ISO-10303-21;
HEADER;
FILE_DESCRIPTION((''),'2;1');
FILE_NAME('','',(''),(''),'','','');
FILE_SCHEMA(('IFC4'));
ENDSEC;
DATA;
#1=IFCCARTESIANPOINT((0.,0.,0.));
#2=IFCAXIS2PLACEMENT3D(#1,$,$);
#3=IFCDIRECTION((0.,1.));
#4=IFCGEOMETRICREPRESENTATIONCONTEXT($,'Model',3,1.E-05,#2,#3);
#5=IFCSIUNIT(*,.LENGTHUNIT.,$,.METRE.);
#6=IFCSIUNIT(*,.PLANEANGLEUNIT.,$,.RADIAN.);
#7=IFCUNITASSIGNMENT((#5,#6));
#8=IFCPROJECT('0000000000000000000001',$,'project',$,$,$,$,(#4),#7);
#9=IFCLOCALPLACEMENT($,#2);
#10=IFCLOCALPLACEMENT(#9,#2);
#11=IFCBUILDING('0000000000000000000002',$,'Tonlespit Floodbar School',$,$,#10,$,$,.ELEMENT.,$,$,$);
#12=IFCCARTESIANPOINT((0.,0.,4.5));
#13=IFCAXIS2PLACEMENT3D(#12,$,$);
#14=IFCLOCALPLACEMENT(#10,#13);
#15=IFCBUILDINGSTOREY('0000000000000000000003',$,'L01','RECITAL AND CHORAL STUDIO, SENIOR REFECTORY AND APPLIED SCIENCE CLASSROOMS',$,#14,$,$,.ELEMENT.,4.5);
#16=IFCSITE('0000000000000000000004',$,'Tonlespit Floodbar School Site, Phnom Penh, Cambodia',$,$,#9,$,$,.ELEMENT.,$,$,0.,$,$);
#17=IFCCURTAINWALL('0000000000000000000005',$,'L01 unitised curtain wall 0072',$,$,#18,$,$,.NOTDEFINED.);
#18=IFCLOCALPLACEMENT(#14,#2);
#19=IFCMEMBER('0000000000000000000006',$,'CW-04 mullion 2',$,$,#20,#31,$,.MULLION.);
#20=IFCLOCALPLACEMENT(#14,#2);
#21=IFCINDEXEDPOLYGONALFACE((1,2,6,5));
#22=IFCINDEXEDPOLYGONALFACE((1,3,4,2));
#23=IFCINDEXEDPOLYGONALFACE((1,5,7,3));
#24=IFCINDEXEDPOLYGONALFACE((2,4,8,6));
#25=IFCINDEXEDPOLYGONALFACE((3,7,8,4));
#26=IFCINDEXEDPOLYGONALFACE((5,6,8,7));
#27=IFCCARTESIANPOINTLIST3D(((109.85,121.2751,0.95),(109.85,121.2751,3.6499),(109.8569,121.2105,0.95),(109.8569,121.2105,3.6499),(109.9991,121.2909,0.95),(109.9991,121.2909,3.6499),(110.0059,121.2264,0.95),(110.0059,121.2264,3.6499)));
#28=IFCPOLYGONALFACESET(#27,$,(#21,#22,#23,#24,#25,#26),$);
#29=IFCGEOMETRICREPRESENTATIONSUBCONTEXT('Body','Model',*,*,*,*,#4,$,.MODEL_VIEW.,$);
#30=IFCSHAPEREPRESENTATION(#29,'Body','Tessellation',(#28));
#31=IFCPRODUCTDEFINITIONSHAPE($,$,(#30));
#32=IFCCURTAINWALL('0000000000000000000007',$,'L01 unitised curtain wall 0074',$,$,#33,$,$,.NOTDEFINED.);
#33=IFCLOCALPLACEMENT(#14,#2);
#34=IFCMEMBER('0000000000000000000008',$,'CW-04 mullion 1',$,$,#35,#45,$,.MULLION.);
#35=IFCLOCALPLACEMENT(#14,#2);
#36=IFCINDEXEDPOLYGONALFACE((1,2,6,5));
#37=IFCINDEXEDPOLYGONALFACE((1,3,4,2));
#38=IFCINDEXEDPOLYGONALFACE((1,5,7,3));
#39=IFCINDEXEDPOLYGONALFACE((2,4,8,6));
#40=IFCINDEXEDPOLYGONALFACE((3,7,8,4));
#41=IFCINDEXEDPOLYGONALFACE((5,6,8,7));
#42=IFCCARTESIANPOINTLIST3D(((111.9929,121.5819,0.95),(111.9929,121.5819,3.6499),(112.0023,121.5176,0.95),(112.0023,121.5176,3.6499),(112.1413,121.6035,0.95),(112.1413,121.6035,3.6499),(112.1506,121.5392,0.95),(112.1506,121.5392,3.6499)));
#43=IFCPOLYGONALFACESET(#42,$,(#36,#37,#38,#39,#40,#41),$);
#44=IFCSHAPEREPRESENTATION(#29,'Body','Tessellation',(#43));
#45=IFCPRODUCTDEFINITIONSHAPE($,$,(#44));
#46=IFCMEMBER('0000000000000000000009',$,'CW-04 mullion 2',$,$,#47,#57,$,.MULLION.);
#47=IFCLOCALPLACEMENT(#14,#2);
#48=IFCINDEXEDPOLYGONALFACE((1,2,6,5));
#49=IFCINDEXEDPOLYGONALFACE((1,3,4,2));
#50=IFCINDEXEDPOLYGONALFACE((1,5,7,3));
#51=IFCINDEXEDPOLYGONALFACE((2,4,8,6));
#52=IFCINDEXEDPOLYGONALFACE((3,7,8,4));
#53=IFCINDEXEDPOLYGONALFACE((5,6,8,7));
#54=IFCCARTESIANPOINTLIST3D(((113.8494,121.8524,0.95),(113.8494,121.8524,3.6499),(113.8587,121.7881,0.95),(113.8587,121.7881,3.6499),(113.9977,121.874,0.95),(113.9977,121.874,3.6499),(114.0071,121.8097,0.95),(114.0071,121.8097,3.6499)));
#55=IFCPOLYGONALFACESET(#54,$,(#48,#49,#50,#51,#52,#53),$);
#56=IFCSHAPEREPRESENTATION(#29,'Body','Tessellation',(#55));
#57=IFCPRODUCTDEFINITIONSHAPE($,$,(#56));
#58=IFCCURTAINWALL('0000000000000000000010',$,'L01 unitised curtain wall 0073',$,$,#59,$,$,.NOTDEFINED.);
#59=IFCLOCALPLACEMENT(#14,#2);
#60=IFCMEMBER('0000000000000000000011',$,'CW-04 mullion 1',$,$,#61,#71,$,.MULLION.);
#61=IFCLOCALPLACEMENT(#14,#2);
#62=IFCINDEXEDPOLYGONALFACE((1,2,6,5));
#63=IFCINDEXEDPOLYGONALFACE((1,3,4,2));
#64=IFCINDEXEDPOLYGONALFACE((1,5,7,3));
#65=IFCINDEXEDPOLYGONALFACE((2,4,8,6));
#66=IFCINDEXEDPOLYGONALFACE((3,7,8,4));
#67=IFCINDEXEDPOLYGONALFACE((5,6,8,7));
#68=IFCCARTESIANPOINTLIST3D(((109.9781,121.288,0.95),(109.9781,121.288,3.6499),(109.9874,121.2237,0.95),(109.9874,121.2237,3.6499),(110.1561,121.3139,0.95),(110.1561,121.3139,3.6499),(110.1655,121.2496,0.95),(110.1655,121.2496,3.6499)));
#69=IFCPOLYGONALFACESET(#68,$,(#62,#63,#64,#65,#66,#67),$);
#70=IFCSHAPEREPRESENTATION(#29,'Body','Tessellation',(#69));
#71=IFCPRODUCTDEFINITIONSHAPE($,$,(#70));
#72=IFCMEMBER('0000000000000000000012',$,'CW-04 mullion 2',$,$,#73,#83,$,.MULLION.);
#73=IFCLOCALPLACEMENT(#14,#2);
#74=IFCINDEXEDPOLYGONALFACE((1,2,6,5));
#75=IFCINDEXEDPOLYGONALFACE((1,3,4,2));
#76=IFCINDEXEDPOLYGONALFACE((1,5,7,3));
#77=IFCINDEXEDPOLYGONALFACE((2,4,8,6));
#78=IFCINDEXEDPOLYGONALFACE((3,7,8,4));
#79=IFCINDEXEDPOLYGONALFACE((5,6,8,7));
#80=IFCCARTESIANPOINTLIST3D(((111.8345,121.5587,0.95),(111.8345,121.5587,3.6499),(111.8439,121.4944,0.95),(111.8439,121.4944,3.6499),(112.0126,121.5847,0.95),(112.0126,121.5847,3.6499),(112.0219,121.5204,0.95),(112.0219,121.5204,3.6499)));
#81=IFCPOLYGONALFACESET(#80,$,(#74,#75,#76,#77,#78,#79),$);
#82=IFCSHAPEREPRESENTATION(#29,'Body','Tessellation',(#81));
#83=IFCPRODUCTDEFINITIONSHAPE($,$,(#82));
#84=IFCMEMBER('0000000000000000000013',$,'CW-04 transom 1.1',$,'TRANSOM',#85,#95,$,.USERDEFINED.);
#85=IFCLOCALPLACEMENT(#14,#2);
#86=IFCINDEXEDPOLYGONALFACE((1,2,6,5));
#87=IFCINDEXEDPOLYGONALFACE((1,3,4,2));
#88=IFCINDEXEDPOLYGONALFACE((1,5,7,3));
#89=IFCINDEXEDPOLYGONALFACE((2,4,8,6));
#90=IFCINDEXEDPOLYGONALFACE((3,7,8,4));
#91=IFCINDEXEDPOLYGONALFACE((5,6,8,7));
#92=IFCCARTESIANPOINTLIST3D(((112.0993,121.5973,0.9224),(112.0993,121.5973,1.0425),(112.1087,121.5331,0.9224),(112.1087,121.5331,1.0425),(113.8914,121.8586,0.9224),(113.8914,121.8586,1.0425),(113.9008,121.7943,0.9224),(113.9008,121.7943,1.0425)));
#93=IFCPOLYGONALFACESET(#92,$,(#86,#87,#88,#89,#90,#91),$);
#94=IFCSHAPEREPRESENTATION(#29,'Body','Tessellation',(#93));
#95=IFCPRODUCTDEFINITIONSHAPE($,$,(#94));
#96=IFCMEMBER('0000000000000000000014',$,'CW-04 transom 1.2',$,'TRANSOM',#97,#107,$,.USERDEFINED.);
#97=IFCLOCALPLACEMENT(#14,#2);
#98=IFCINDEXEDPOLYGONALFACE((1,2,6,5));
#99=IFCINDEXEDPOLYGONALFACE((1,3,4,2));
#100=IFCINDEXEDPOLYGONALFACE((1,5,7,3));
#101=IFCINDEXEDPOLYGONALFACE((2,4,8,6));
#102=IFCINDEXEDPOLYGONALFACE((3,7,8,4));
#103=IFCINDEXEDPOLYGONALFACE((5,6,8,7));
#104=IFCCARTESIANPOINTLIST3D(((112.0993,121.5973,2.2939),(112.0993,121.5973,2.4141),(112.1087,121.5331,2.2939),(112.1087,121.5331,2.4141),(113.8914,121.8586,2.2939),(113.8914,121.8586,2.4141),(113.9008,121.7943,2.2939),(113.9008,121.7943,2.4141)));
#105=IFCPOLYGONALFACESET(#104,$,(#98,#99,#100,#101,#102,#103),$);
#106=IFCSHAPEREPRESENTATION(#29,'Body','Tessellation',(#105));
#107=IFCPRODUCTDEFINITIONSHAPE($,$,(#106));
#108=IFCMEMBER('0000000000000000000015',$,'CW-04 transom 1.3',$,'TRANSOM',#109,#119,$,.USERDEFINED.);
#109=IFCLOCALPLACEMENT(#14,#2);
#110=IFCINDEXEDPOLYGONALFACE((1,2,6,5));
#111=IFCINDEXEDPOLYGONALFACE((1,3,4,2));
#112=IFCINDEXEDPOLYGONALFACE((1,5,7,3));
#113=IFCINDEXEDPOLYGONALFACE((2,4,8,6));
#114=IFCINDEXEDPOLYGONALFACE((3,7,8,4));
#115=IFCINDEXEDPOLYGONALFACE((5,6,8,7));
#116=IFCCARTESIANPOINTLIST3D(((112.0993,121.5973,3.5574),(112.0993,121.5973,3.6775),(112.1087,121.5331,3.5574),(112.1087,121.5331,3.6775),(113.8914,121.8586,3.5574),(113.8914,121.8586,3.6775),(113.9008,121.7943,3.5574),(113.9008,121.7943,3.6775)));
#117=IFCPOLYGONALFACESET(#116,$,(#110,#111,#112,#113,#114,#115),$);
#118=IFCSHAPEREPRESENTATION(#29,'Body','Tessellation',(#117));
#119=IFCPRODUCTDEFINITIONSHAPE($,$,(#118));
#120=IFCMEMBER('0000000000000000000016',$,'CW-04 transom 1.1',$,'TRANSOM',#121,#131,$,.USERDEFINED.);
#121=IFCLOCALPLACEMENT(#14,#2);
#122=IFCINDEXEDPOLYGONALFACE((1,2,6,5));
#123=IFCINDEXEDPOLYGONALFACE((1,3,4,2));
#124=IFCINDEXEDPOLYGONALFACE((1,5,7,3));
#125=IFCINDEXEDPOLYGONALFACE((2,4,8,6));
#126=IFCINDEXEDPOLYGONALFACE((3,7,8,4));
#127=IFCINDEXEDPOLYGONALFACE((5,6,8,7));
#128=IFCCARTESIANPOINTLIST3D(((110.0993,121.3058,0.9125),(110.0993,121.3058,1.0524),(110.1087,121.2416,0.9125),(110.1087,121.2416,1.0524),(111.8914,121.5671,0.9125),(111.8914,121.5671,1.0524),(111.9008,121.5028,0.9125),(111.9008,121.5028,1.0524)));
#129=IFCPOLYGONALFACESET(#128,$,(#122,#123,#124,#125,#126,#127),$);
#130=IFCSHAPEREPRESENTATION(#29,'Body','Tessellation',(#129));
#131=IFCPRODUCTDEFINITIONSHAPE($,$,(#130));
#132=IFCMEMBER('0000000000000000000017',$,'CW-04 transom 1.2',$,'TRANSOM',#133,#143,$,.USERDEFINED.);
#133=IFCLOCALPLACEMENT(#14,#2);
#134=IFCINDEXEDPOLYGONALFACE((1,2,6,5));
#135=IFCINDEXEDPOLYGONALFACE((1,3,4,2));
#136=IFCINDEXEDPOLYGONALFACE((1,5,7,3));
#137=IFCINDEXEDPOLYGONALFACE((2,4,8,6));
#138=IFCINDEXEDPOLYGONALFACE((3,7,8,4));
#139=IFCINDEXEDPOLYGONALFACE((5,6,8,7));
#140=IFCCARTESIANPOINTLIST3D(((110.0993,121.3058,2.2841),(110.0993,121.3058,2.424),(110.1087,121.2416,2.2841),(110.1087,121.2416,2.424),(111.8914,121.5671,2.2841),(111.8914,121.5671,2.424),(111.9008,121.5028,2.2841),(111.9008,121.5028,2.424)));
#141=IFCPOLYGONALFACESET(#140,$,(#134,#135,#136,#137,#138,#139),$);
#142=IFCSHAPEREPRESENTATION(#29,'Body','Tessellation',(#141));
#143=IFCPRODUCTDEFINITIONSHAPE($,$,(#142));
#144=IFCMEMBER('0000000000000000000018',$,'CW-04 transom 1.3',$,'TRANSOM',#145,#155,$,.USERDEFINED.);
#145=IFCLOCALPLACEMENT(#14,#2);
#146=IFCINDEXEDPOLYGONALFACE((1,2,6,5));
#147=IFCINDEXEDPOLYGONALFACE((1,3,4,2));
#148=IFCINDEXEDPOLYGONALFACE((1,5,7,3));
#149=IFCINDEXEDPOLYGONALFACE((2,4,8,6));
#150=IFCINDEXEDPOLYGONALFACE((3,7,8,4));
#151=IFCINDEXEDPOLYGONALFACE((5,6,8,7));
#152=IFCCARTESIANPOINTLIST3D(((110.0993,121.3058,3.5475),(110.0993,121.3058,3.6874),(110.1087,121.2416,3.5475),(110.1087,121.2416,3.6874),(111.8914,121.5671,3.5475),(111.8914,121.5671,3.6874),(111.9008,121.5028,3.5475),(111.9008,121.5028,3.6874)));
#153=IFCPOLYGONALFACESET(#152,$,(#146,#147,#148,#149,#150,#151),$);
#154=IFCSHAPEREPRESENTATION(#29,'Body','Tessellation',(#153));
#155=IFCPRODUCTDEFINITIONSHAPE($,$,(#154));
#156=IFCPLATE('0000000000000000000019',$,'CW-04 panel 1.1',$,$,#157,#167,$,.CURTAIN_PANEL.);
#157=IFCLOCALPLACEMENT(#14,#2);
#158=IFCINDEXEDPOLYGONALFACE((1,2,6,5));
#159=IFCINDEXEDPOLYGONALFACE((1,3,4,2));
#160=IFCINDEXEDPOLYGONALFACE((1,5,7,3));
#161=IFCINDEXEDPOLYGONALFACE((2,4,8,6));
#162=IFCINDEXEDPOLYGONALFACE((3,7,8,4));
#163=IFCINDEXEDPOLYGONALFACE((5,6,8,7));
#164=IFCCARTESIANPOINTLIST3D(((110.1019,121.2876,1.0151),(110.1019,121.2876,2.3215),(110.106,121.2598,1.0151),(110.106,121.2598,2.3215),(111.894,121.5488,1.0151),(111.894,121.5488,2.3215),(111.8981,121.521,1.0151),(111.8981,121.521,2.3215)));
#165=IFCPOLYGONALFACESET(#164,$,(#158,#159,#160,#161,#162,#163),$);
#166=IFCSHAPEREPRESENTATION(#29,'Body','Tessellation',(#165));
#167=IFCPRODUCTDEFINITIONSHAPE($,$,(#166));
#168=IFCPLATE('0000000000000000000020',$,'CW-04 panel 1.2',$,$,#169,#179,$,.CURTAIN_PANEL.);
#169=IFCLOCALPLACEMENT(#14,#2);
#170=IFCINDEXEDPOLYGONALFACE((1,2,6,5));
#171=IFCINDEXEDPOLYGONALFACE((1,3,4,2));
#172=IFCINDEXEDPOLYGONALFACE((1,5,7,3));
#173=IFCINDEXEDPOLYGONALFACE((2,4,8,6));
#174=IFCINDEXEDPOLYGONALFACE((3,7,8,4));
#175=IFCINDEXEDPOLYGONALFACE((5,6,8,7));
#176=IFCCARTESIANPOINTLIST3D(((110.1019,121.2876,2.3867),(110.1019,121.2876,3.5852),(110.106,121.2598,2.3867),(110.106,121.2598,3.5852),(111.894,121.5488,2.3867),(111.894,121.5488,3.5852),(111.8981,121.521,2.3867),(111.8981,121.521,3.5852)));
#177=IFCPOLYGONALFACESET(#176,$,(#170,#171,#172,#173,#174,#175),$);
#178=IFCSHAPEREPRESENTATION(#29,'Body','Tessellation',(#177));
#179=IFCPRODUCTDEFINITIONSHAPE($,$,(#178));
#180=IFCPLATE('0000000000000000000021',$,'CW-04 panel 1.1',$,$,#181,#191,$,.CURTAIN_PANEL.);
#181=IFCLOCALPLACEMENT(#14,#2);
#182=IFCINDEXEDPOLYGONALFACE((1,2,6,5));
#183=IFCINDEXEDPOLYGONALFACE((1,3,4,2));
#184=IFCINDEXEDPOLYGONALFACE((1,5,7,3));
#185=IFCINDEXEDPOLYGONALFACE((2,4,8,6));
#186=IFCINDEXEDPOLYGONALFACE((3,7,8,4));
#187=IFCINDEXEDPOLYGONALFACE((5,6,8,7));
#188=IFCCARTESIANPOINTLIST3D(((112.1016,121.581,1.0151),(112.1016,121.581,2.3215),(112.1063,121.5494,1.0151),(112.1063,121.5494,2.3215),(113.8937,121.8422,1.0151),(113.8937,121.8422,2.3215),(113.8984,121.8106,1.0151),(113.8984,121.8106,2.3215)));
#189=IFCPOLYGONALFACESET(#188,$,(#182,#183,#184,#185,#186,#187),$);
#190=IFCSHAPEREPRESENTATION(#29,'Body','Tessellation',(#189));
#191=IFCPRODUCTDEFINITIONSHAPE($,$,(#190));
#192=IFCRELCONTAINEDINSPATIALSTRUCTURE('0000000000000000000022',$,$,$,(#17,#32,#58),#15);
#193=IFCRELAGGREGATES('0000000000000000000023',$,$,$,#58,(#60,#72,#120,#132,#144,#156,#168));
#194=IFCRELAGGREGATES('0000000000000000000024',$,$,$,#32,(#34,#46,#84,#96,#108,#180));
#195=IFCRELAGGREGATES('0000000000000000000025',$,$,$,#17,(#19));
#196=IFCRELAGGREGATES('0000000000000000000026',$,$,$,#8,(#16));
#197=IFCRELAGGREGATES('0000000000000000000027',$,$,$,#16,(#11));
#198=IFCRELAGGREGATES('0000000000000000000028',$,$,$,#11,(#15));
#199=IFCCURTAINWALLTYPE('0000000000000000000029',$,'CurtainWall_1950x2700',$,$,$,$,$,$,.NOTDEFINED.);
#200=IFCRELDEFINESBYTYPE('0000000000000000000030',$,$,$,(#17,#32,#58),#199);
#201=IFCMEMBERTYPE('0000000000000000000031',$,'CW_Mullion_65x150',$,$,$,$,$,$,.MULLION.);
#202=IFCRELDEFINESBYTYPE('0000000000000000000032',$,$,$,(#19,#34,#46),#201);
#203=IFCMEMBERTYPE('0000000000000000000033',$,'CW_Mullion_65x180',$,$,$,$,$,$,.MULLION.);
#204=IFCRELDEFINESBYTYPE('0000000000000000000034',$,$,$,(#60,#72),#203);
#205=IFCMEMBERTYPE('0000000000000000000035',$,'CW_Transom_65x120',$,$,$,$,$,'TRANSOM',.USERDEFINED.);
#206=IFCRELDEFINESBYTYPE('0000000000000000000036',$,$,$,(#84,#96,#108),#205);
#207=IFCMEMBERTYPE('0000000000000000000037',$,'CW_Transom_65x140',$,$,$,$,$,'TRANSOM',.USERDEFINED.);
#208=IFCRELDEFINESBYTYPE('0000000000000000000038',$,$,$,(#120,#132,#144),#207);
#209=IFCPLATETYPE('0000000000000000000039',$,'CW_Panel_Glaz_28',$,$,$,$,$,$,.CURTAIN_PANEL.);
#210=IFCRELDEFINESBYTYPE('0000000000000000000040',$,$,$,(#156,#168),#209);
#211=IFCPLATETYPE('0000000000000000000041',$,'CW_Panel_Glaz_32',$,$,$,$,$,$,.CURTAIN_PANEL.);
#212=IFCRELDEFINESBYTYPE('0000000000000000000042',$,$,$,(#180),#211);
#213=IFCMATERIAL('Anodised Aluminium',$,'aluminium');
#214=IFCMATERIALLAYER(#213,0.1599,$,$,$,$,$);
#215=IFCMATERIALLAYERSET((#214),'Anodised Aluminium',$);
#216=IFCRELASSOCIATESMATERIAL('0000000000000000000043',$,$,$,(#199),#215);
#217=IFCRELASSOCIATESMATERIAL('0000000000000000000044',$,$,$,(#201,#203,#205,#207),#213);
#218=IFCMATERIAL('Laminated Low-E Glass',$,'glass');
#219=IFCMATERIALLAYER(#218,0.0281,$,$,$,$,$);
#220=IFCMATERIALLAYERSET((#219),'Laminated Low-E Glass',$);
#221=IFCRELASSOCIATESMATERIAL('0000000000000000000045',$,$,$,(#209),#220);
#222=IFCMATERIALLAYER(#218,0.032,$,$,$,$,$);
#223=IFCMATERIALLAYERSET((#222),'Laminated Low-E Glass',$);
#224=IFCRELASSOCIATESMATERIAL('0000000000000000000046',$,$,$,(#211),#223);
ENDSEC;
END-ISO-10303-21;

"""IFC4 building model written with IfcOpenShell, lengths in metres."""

from ifc_helpers import new_model, si_unit, direction, frame, origin, origin_2d, place, context, subcontext, project, spatial, rectangle, extrude, material, layer, layer_set, material_profile, profile_set, type_object, element, aggregate, save


model = new_model("IFC4")

# Units and contexts
model_context = context("Model", 3, precision=1e-05, world=origin(), true_north=direction((0.0, 1.0)))
body_context = subcontext(model_context, "Body", "Model", "MODEL_VIEW")
ifc_project = project(units=[si_unit("LENGTHUNIT", "METRE"), si_unit("PLANEANGLEUNIT", "RADIAN")], contexts=[model_context])

# Site, building, storey
site_placement = place(None, origin())
site = spatial("IfcSite", under=ifc_project, at=site_placement, Name="Tonlespit Floodbar School Site, Phnom Penh, Cambodia", CompositionType="ELEMENT", RefElevation=0.0)
building_placement = place(site_placement, origin())
building = spatial("IfcBuilding", under=site, at=building_placement, Name="Tonlespit Floodbar School", CompositionType="ELEMENT")
storey_placement = place(building_placement, frame((0.0, 0.0, 4.5)))
storey = spatial("IfcBuildingStorey", under=building, at=storey_placement, Name="L01", Description="RECITAL AND CHORAL STUDIO, SENIOR REFECTORY AND APPLIED SCIENCE CLASSROOMS", CompositionType="ELEMENT", Elevation=4.5)

# Curtain wall, member
ifc_material_1 = material(Name="Anodised Aluminium", Category="aluminium")
ifc_layer_1 = layer(ifc_material_1, 0.1599)
ifc_layer_set_1 = layer_set([ifc_layer_1], Name="Anodised Aluminium")
curtain_wall_type = type_object("IfcCurtainWallType", Name="CurtainWall_1950x2700", PredefinedType="NOTDEFINED", material=ifc_layer_set_1)
curtain_wall_1_placement = place(storey_placement, origin())
curtain_wall_1 = element("IfcCurtainWall", 1, at=curtain_wall_1_placement, inside=storey, type_object=curtain_wall_type, Name="L01 unitised curtain wall 0072", PredefinedType="NOTDEFINED")
ifc_material_profile_1 = material_profile(ifc_material_1, rectangle(XDim=0.0649, YDim=0.1499, at=origin_2d()), Name="ALU M65x150")
ifc_profile_set_1 = profile_set([ifc_material_profile_1], Name="Anodised Aluminium")
member_type_1 = type_object("IfcMemberType", Name="CW_Mullion_65x150", PredefinedType="MULLION", material=ifc_profile_set_1)
member_1_placement = place(storey_placement, frame((109.928, 121.2507, 0.95), z_axis=(0.0, 0.0, 1.0), x_axis=(-0.105787, 0.994389, 0.0)))
member_1 = element("IfcMember", 2, at=member_1_placement, type_object=member_type_1, Name="CW-04 mullion 2", PredefinedType="MULLION", context=body_context, shape_type="SweptSolid", body=[
    extrude(rectangle(XDim=0.0649, YDim=0.1499, at=origin_2d()), origin(), (0.0, 0.0, 1.0), 2.7),
])

# Curtain walls, members
curtain_wall_2_placement = place(storey_placement, origin())
curtain_wall_2 = element("IfcCurtainWall", 3, at=curtain_wall_2_placement, inside=storey, type_object=curtain_wall_type, Name="L01 unitised curtain wall 0074", PredefinedType="NOTDEFINED")
member_2_placement = place(storey_placement, frame((112.0718, 121.5605, 0.95), z_axis=(0.0, 0.0, 1.0), x_axis=(-0.144248, 0.989542, 0.0)))
member_2 = element("IfcMember", 4, at=member_2_placement, type_object=member_type_1, Name="CW-04 mullion 1", PredefinedType="MULLION", context=body_context, shape_type="SweptSolid", body=[
    extrude(rectangle(XDim=0.0649, YDim=0.1499, at=origin_2d()), origin(), (0.0, 0.0, 1.0), 2.7),
])
member_3_placement = place(storey_placement, frame((113.9282, 121.8311, 0.95), z_axis=(0.0, 0.0, 1.0), x_axis=(-0.144248, 0.989542, 0.0)))
member_3 = element("IfcMember", 5, at=member_3_placement, type_object=member_type_1, Name="CW-04 mullion 2", PredefinedType="MULLION", context=body_context, shape_type="SweptSolid", body=[
    extrude(rectangle(XDim=0.0649, YDim=0.1499, at=origin_2d()), origin(), (0.0, 0.0, 1.0), 2.7),
])
curtain_wall_3_placement = place(storey_placement, origin())
curtain_wall_3 = element("IfcCurtainWall", 6, at=curtain_wall_3_placement, inside=storey, type_object=curtain_wall_type, Name="L01 unitised curtain wall 0073", PredefinedType="NOTDEFINED")
ifc_material_profile_2 = material_profile(ifc_material_1, rectangle(XDim=0.0649, YDim=0.1799, at=origin_2d()), Name="ALU M65x180")
ifc_profile_set_2 = profile_set([ifc_material_profile_2], Name="Anodised Aluminium")
member_type_2 = type_object("IfcMemberType", Name="CW_Mullion_65x180", PredefinedType="MULLION", material=ifc_profile_set_2)
member_4_placement = place(storey_placement, frame((110.0718, 121.2688, 0.95), z_axis=(0.0, 0.0, 1.0), x_axis=(-0.144248, 0.989542, 0.0)))
member_4 = element("IfcMember", 7, at=member_4_placement, type_object=member_type_2, Name="CW-04 mullion 1", PredefinedType="MULLION", context=body_context, shape_type="SweptSolid", body=[
    extrude(rectangle(XDim=0.0649, YDim=0.1799, at=origin_2d()), origin(), (0.0, 0.0, 1.0), 2.7),
])
member_5_placement = place(storey_placement, frame((111.9282, 121.5396, 0.95), z_axis=(0.0, 0.0, 1.0), x_axis=(-0.144248, 0.989542, 0.0)))
member_5 = element("IfcMember", 8, at=member_5_placement, type_object=member_type_2, Name="CW-04 mullion 2", PredefinedType="MULLION", context=body_context, shape_type="SweptSolid", body=[
    extrude(rectangle(XDim=0.0649, YDim=0.1799, at=origin_2d()), origin(), (0.0, 0.0, 1.0), 2.7),
])

# Members
ifc_material_profile_3 = material_profile(ifc_material_1, rectangle(XDim=0.0649, YDim=0.1201, at=origin_2d()), Name="ALU T65x120")
ifc_profile_set_3 = profile_set([ifc_material_profile_3], Name="Anodised Aluminium")
member_type_3 = type_object("IfcMemberType", Name="CW_Transom_65x120", ElementType="TRANSOM", PredefinedType="USERDEFINED", material=ifc_profile_set_3)
member_6_placement = place(storey_placement, frame((112.104, 121.5652, 0.9824), z_axis=(0.989541, 0.144252, 0.0), x_axis=(-0.144252, 0.989541, 0.0)))
member_6 = element("IfcMember", 9, at=member_6_placement, type_object=member_type_3, Name="CW-04 transom 1.1", ObjectType="TRANSOM", PredefinedType="USERDEFINED", context=body_context, shape_type="SweptSolid", body=[
    extrude(rectangle(XDim=0.0649, YDim=0.1201, at=origin_2d()), origin(), (0.0, 0.0, 1.0), 1.811),
])
member_7_placement = place(storey_placement, frame((112.104, 121.5652, 2.354), z_axis=(0.989541, 0.144252, 0.0), x_axis=(-0.144252, 0.989541, 0.0)))
member_7 = element("IfcMember", 10, at=member_7_placement, type_object=member_type_3, Name="CW-04 transom 1.2", ObjectType="TRANSOM", PredefinedType="USERDEFINED", context=body_context, shape_type="SweptSolid", body=[
    extrude(rectangle(XDim=0.0649, YDim=0.1201, at=origin_2d()), origin(), (0.0, 0.0, 1.0), 1.811),
])
member_8_placement = place(storey_placement, frame((112.104, 121.5652, 3.6174), z_axis=(0.989541, 0.144252, 0.0), x_axis=(-0.144252, 0.989541, 0.0)))
member_8 = element("IfcMember", 11, at=member_8_placement, type_object=member_type_3, Name="CW-04 transom 1.3", ObjectType="TRANSOM", PredefinedType="USERDEFINED", context=body_context, shape_type="SweptSolid", body=[
    extrude(rectangle(XDim=0.0649, YDim=0.1201, at=origin_2d()), origin(), (0.0, 0.0, 1.0), 1.811),
])
ifc_material_profile_4 = material_profile(ifc_material_1, rectangle(XDim=0.0649, YDim=0.1399, at=origin_2d()), Name="ALU T65x140")
ifc_profile_set_4 = profile_set([ifc_material_profile_4], Name="Anodised Aluminium")
member_type_4 = type_object("IfcMemberType", Name="CW_Transom_65x140", ElementType="TRANSOM", PredefinedType="USERDEFINED", material=ifc_profile_set_4)
member_9_placement = place(storey_placement, frame((110.104, 121.2737, 0.9824), z_axis=(0.989541, 0.144252, 0.0), x_axis=(-0.144252, 0.989541, 0.0)))
member_9 = element("IfcMember", 12, at=member_9_placement, type_object=member_type_4, Name="CW-04 transom 1.1", ObjectType="TRANSOM", PredefinedType="USERDEFINED", context=body_context, shape_type="SweptSolid", body=[
    extrude(rectangle(XDim=0.0649, YDim=0.1399, at=origin_2d()), origin(), (0.0, 0.0, 1.0), 1.811),
])
member_10_placement = place(storey_placement, frame((110.104, 121.2737, 2.354), z_axis=(0.989541, 0.144252, 0.0), x_axis=(-0.144252, 0.989541, 0.0)))
member_10 = element("IfcMember", 13, at=member_10_placement, type_object=member_type_4, Name="CW-04 transom 1.2", ObjectType="TRANSOM", PredefinedType="USERDEFINED", context=body_context, shape_type="SweptSolid", body=[
    extrude(rectangle(XDim=0.0649, YDim=0.1399, at=origin_2d()), origin(), (0.0, 0.0, 1.0), 1.811),
])
member_11_placement = place(storey_placement, frame((110.104, 121.2737, 3.6174), z_axis=(0.989541, 0.144252, 0.0), x_axis=(-0.144252, 0.989541, 0.0)))
member_11 = element("IfcMember", 14, at=member_11_placement, type_object=member_type_4, Name="CW-04 transom 1.3", ObjectType="TRANSOM", PredefinedType="USERDEFINED", context=body_context, shape_type="SweptSolid", body=[
    extrude(rectangle(XDim=0.0649, YDim=0.1399, at=origin_2d()), origin(), (0.0, 0.0, 1.0), 1.811),
])

# Plates
ifc_material_2 = material(Name="Laminated Low-E Glass", Category="glass")
ifc_layer_2 = layer(ifc_material_2, 0.0281)
ifc_layer_set_2 = layer_set([ifc_layer_2], Name="Laminated Low-E Glass")
plate_type_1 = type_object("IfcPlateType", Name="CW_Panel_Glaz_28", PredefinedType="CURTAIN_PANEL", material=ifc_layer_set_2)
plate_1_placement = place(storey_placement, frame((111.0, 121.4043, 1.0151), z_axis=(0.0, 0.0, 1.0), x_axis=(0.989542, 0.144248, 0.0)))
plate_1 = element("IfcPlate", 15, at=plate_1_placement, type_object=plate_type_1, Name="CW-04 panel 1.1", PredefinedType="CURTAIN_PANEL", context=body_context, shape_type="SweptSolid", body=[
    extrude(rectangle(XDim=1.811, YDim=0.0281, at=origin_2d()), origin(), (0.0, 0.0, 1.0), 1.3064),
])
plate_2_placement = place(storey_placement, frame((111.0, 121.4043, 2.3867), z_axis=(0.0, 0.0, 1.0), x_axis=(0.989542, 0.144248, 0.0)))
plate_2 = element("IfcPlate", 16, at=plate_2_placement, type_object=plate_type_1, Name="CW-04 panel 1.2", PredefinedType="CURTAIN_PANEL", context=body_context, shape_type="SweptSolid", body=[
    extrude(rectangle(XDim=1.811, YDim=0.0281, at=origin_2d()), origin(), (0.0, 0.0, 1.0), 1.1985),
])
aggregate(curtain_wall_3, [member_4, member_5, member_9, member_10, member_11, plate_1, plate_2])
ifc_layer_3 = layer(ifc_material_2, 0.032)
ifc_layer_set_3 = layer_set([ifc_layer_3], Name="Laminated Low-E Glass")
plate_type_2 = type_object("IfcPlateType", Name="CW_Panel_Glaz_32", PredefinedType="CURTAIN_PANEL", material=ifc_layer_set_3)
plate_3_placement = place(storey_placement, frame((113.0, 121.6958, 1.0151), z_axis=(0.0, 0.0, 1.0), x_axis=(0.989542, 0.144248, 0.0)))
plate_3 = element("IfcPlate", 17, at=plate_3_placement, type_object=plate_type_2, Name="CW-04 panel 1.1", PredefinedType="CURTAIN_PANEL", context=body_context, shape_type="SweptSolid", body=[
    extrude(rectangle(XDim=1.811, YDim=0.032, at=origin_2d()), origin(), (0.0, 0.0, 1.0), 1.3064),
])
aggregate(curtain_wall_2, [member_2, member_3, member_6, member_7, member_8, plate_3])
aggregate(curtain_wall_1, [member_1])

save(model, "model.ifc")
